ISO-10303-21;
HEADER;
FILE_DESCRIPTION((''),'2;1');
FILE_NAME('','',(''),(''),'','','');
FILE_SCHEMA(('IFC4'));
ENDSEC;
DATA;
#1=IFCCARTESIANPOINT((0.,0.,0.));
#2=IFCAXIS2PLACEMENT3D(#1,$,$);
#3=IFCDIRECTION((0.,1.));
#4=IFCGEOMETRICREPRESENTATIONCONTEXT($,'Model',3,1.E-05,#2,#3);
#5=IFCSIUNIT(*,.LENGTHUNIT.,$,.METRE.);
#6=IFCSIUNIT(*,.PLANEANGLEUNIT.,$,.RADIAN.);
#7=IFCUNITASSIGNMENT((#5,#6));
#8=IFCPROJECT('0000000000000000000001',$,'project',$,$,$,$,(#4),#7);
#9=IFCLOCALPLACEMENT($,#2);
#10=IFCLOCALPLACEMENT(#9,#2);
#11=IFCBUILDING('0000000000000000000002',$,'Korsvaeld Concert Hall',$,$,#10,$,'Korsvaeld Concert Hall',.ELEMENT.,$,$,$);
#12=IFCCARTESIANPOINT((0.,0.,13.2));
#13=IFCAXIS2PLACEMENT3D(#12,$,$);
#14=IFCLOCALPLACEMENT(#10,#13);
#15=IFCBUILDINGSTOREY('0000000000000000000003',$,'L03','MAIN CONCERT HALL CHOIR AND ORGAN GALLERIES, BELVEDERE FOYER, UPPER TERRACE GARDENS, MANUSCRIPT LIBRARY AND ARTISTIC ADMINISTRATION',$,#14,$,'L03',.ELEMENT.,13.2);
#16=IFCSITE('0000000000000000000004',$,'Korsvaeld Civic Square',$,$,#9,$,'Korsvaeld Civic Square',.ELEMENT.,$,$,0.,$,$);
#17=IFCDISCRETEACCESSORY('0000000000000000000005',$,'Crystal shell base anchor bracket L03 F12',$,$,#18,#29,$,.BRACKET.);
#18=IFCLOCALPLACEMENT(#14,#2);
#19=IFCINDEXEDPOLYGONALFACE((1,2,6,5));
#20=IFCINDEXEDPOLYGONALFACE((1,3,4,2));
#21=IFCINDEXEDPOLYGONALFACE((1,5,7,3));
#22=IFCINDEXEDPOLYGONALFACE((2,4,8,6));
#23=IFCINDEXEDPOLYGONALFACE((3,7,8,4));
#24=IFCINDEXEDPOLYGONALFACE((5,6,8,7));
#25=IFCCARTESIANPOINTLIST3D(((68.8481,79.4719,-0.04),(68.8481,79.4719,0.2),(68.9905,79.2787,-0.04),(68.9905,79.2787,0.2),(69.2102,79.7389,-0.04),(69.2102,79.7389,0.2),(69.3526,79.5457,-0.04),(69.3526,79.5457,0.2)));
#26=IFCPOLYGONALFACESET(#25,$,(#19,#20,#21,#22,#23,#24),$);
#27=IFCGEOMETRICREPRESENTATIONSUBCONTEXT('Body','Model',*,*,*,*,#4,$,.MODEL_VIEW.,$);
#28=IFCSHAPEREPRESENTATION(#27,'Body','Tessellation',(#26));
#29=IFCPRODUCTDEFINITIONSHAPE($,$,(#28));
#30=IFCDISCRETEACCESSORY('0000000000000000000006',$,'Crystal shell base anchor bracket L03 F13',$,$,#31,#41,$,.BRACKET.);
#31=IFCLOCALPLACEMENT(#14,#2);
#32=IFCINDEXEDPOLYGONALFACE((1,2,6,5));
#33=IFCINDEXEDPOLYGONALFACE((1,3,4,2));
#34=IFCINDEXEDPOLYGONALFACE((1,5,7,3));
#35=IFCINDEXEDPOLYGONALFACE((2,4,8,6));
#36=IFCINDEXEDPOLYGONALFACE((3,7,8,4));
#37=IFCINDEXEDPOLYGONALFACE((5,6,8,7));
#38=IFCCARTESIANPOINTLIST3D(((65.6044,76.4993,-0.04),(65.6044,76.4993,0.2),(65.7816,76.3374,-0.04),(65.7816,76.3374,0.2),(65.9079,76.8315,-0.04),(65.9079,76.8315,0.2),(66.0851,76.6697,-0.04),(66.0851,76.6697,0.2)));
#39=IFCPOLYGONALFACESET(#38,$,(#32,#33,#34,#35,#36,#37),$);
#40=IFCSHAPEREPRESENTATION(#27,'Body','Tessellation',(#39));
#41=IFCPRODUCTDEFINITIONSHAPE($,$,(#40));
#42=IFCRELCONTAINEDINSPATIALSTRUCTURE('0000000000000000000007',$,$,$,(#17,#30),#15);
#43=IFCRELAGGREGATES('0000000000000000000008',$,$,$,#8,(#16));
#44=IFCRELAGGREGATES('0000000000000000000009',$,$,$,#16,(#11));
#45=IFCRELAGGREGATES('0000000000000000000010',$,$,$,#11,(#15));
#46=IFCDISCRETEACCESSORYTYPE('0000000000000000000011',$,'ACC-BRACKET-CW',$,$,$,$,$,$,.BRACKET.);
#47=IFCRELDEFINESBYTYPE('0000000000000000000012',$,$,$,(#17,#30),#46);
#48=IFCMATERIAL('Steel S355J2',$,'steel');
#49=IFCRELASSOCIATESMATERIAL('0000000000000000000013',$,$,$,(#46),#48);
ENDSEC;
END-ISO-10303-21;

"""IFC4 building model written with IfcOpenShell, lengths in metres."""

from ifc_helpers import new_model, si_unit, direction, frame, origin, origin_2d, place, context, subcontext, project, spatial, rectangle, extrude, material, type_object, element, save


model = new_model("IFC4")

# Units and contexts
model_context = context("Model", 3, precision=1e-05, world=origin(), true_north=direction((0.0, 1.0)))
body_context = subcontext(model_context, "Body", "Model", "MODEL_VIEW")
ifc_project = project(units=[si_unit("LENGTHUNIT", "METRE"), si_unit("PLANEANGLEUNIT", "RADIAN")], contexts=[model_context])

# Site, building, storey
site_placement = place(None, origin())
site = spatial("IfcSite", under=ifc_project, at=site_placement, Name="Korsvaeld Civic Square", LongName="Korsvaeld Civic Square", CompositionType="ELEMENT", RefElevation=0.0)
building_placement = place(site_placement, origin())
building = spatial("IfcBuilding", under=site, at=building_placement, Name="Korsvaeld Concert Hall", LongName="Korsvaeld Concert Hall", CompositionType="ELEMENT")
storey_placement = place(building_placement, frame((0.0, 0.0, 13.2)))
storey = spatial("IfcBuildingStorey", under=building, at=storey_placement, Name="L03", Description="MAIN CONCERT HALL CHOIR AND ORGAN GALLERIES, BELVEDERE FOYER, UPPER TERRACE GARDENS, MANUSCRIPT LIBRARY AND ARTISTIC ADMINISTRATION", LongName="L03", CompositionType="ELEMENT", Elevation=13.2)

# Discrete accessories
ifc_material_1 = material(Name="Steel S355J2", Category="steel")
discrete_accessory_type = type_object("IfcDiscreteAccessoryType", Name="ACC-BRACKET-CW", PredefinedType="BRACKET", material=ifc_material_1)
for number, where, z_axis, x_axis, name in (
    (1, (69.1003, 79.5088, -0.04), (0.0, 0.0, 1.0), (-0.804894, -0.593419, 0.0), "Crystal shell base anchor bracket L03 F12"),
    (2, (65.8447, 76.5845, -0.04), (0.0, 0.0, 1.0), (-0.674431, -0.738338, 0.0), "Crystal shell base anchor bracket L03 F13"),
):
    element("IfcDiscreteAccessory", number, at=place(storey_placement, frame(where, z_axis=z_axis, x_axis=x_axis)), inside=storey, type_object=discrete_accessory_type, Name=name, PredefinedType="BRACKET", context=body_context, shape_type="SweptSolid", body=[
        extrude(rectangle(XDim=0.45, YDim=0.24, at=origin_2d()), origin(), (0.0, 0.0, 1.0), 0.24),
    ])

save(model, "model.ifc")
